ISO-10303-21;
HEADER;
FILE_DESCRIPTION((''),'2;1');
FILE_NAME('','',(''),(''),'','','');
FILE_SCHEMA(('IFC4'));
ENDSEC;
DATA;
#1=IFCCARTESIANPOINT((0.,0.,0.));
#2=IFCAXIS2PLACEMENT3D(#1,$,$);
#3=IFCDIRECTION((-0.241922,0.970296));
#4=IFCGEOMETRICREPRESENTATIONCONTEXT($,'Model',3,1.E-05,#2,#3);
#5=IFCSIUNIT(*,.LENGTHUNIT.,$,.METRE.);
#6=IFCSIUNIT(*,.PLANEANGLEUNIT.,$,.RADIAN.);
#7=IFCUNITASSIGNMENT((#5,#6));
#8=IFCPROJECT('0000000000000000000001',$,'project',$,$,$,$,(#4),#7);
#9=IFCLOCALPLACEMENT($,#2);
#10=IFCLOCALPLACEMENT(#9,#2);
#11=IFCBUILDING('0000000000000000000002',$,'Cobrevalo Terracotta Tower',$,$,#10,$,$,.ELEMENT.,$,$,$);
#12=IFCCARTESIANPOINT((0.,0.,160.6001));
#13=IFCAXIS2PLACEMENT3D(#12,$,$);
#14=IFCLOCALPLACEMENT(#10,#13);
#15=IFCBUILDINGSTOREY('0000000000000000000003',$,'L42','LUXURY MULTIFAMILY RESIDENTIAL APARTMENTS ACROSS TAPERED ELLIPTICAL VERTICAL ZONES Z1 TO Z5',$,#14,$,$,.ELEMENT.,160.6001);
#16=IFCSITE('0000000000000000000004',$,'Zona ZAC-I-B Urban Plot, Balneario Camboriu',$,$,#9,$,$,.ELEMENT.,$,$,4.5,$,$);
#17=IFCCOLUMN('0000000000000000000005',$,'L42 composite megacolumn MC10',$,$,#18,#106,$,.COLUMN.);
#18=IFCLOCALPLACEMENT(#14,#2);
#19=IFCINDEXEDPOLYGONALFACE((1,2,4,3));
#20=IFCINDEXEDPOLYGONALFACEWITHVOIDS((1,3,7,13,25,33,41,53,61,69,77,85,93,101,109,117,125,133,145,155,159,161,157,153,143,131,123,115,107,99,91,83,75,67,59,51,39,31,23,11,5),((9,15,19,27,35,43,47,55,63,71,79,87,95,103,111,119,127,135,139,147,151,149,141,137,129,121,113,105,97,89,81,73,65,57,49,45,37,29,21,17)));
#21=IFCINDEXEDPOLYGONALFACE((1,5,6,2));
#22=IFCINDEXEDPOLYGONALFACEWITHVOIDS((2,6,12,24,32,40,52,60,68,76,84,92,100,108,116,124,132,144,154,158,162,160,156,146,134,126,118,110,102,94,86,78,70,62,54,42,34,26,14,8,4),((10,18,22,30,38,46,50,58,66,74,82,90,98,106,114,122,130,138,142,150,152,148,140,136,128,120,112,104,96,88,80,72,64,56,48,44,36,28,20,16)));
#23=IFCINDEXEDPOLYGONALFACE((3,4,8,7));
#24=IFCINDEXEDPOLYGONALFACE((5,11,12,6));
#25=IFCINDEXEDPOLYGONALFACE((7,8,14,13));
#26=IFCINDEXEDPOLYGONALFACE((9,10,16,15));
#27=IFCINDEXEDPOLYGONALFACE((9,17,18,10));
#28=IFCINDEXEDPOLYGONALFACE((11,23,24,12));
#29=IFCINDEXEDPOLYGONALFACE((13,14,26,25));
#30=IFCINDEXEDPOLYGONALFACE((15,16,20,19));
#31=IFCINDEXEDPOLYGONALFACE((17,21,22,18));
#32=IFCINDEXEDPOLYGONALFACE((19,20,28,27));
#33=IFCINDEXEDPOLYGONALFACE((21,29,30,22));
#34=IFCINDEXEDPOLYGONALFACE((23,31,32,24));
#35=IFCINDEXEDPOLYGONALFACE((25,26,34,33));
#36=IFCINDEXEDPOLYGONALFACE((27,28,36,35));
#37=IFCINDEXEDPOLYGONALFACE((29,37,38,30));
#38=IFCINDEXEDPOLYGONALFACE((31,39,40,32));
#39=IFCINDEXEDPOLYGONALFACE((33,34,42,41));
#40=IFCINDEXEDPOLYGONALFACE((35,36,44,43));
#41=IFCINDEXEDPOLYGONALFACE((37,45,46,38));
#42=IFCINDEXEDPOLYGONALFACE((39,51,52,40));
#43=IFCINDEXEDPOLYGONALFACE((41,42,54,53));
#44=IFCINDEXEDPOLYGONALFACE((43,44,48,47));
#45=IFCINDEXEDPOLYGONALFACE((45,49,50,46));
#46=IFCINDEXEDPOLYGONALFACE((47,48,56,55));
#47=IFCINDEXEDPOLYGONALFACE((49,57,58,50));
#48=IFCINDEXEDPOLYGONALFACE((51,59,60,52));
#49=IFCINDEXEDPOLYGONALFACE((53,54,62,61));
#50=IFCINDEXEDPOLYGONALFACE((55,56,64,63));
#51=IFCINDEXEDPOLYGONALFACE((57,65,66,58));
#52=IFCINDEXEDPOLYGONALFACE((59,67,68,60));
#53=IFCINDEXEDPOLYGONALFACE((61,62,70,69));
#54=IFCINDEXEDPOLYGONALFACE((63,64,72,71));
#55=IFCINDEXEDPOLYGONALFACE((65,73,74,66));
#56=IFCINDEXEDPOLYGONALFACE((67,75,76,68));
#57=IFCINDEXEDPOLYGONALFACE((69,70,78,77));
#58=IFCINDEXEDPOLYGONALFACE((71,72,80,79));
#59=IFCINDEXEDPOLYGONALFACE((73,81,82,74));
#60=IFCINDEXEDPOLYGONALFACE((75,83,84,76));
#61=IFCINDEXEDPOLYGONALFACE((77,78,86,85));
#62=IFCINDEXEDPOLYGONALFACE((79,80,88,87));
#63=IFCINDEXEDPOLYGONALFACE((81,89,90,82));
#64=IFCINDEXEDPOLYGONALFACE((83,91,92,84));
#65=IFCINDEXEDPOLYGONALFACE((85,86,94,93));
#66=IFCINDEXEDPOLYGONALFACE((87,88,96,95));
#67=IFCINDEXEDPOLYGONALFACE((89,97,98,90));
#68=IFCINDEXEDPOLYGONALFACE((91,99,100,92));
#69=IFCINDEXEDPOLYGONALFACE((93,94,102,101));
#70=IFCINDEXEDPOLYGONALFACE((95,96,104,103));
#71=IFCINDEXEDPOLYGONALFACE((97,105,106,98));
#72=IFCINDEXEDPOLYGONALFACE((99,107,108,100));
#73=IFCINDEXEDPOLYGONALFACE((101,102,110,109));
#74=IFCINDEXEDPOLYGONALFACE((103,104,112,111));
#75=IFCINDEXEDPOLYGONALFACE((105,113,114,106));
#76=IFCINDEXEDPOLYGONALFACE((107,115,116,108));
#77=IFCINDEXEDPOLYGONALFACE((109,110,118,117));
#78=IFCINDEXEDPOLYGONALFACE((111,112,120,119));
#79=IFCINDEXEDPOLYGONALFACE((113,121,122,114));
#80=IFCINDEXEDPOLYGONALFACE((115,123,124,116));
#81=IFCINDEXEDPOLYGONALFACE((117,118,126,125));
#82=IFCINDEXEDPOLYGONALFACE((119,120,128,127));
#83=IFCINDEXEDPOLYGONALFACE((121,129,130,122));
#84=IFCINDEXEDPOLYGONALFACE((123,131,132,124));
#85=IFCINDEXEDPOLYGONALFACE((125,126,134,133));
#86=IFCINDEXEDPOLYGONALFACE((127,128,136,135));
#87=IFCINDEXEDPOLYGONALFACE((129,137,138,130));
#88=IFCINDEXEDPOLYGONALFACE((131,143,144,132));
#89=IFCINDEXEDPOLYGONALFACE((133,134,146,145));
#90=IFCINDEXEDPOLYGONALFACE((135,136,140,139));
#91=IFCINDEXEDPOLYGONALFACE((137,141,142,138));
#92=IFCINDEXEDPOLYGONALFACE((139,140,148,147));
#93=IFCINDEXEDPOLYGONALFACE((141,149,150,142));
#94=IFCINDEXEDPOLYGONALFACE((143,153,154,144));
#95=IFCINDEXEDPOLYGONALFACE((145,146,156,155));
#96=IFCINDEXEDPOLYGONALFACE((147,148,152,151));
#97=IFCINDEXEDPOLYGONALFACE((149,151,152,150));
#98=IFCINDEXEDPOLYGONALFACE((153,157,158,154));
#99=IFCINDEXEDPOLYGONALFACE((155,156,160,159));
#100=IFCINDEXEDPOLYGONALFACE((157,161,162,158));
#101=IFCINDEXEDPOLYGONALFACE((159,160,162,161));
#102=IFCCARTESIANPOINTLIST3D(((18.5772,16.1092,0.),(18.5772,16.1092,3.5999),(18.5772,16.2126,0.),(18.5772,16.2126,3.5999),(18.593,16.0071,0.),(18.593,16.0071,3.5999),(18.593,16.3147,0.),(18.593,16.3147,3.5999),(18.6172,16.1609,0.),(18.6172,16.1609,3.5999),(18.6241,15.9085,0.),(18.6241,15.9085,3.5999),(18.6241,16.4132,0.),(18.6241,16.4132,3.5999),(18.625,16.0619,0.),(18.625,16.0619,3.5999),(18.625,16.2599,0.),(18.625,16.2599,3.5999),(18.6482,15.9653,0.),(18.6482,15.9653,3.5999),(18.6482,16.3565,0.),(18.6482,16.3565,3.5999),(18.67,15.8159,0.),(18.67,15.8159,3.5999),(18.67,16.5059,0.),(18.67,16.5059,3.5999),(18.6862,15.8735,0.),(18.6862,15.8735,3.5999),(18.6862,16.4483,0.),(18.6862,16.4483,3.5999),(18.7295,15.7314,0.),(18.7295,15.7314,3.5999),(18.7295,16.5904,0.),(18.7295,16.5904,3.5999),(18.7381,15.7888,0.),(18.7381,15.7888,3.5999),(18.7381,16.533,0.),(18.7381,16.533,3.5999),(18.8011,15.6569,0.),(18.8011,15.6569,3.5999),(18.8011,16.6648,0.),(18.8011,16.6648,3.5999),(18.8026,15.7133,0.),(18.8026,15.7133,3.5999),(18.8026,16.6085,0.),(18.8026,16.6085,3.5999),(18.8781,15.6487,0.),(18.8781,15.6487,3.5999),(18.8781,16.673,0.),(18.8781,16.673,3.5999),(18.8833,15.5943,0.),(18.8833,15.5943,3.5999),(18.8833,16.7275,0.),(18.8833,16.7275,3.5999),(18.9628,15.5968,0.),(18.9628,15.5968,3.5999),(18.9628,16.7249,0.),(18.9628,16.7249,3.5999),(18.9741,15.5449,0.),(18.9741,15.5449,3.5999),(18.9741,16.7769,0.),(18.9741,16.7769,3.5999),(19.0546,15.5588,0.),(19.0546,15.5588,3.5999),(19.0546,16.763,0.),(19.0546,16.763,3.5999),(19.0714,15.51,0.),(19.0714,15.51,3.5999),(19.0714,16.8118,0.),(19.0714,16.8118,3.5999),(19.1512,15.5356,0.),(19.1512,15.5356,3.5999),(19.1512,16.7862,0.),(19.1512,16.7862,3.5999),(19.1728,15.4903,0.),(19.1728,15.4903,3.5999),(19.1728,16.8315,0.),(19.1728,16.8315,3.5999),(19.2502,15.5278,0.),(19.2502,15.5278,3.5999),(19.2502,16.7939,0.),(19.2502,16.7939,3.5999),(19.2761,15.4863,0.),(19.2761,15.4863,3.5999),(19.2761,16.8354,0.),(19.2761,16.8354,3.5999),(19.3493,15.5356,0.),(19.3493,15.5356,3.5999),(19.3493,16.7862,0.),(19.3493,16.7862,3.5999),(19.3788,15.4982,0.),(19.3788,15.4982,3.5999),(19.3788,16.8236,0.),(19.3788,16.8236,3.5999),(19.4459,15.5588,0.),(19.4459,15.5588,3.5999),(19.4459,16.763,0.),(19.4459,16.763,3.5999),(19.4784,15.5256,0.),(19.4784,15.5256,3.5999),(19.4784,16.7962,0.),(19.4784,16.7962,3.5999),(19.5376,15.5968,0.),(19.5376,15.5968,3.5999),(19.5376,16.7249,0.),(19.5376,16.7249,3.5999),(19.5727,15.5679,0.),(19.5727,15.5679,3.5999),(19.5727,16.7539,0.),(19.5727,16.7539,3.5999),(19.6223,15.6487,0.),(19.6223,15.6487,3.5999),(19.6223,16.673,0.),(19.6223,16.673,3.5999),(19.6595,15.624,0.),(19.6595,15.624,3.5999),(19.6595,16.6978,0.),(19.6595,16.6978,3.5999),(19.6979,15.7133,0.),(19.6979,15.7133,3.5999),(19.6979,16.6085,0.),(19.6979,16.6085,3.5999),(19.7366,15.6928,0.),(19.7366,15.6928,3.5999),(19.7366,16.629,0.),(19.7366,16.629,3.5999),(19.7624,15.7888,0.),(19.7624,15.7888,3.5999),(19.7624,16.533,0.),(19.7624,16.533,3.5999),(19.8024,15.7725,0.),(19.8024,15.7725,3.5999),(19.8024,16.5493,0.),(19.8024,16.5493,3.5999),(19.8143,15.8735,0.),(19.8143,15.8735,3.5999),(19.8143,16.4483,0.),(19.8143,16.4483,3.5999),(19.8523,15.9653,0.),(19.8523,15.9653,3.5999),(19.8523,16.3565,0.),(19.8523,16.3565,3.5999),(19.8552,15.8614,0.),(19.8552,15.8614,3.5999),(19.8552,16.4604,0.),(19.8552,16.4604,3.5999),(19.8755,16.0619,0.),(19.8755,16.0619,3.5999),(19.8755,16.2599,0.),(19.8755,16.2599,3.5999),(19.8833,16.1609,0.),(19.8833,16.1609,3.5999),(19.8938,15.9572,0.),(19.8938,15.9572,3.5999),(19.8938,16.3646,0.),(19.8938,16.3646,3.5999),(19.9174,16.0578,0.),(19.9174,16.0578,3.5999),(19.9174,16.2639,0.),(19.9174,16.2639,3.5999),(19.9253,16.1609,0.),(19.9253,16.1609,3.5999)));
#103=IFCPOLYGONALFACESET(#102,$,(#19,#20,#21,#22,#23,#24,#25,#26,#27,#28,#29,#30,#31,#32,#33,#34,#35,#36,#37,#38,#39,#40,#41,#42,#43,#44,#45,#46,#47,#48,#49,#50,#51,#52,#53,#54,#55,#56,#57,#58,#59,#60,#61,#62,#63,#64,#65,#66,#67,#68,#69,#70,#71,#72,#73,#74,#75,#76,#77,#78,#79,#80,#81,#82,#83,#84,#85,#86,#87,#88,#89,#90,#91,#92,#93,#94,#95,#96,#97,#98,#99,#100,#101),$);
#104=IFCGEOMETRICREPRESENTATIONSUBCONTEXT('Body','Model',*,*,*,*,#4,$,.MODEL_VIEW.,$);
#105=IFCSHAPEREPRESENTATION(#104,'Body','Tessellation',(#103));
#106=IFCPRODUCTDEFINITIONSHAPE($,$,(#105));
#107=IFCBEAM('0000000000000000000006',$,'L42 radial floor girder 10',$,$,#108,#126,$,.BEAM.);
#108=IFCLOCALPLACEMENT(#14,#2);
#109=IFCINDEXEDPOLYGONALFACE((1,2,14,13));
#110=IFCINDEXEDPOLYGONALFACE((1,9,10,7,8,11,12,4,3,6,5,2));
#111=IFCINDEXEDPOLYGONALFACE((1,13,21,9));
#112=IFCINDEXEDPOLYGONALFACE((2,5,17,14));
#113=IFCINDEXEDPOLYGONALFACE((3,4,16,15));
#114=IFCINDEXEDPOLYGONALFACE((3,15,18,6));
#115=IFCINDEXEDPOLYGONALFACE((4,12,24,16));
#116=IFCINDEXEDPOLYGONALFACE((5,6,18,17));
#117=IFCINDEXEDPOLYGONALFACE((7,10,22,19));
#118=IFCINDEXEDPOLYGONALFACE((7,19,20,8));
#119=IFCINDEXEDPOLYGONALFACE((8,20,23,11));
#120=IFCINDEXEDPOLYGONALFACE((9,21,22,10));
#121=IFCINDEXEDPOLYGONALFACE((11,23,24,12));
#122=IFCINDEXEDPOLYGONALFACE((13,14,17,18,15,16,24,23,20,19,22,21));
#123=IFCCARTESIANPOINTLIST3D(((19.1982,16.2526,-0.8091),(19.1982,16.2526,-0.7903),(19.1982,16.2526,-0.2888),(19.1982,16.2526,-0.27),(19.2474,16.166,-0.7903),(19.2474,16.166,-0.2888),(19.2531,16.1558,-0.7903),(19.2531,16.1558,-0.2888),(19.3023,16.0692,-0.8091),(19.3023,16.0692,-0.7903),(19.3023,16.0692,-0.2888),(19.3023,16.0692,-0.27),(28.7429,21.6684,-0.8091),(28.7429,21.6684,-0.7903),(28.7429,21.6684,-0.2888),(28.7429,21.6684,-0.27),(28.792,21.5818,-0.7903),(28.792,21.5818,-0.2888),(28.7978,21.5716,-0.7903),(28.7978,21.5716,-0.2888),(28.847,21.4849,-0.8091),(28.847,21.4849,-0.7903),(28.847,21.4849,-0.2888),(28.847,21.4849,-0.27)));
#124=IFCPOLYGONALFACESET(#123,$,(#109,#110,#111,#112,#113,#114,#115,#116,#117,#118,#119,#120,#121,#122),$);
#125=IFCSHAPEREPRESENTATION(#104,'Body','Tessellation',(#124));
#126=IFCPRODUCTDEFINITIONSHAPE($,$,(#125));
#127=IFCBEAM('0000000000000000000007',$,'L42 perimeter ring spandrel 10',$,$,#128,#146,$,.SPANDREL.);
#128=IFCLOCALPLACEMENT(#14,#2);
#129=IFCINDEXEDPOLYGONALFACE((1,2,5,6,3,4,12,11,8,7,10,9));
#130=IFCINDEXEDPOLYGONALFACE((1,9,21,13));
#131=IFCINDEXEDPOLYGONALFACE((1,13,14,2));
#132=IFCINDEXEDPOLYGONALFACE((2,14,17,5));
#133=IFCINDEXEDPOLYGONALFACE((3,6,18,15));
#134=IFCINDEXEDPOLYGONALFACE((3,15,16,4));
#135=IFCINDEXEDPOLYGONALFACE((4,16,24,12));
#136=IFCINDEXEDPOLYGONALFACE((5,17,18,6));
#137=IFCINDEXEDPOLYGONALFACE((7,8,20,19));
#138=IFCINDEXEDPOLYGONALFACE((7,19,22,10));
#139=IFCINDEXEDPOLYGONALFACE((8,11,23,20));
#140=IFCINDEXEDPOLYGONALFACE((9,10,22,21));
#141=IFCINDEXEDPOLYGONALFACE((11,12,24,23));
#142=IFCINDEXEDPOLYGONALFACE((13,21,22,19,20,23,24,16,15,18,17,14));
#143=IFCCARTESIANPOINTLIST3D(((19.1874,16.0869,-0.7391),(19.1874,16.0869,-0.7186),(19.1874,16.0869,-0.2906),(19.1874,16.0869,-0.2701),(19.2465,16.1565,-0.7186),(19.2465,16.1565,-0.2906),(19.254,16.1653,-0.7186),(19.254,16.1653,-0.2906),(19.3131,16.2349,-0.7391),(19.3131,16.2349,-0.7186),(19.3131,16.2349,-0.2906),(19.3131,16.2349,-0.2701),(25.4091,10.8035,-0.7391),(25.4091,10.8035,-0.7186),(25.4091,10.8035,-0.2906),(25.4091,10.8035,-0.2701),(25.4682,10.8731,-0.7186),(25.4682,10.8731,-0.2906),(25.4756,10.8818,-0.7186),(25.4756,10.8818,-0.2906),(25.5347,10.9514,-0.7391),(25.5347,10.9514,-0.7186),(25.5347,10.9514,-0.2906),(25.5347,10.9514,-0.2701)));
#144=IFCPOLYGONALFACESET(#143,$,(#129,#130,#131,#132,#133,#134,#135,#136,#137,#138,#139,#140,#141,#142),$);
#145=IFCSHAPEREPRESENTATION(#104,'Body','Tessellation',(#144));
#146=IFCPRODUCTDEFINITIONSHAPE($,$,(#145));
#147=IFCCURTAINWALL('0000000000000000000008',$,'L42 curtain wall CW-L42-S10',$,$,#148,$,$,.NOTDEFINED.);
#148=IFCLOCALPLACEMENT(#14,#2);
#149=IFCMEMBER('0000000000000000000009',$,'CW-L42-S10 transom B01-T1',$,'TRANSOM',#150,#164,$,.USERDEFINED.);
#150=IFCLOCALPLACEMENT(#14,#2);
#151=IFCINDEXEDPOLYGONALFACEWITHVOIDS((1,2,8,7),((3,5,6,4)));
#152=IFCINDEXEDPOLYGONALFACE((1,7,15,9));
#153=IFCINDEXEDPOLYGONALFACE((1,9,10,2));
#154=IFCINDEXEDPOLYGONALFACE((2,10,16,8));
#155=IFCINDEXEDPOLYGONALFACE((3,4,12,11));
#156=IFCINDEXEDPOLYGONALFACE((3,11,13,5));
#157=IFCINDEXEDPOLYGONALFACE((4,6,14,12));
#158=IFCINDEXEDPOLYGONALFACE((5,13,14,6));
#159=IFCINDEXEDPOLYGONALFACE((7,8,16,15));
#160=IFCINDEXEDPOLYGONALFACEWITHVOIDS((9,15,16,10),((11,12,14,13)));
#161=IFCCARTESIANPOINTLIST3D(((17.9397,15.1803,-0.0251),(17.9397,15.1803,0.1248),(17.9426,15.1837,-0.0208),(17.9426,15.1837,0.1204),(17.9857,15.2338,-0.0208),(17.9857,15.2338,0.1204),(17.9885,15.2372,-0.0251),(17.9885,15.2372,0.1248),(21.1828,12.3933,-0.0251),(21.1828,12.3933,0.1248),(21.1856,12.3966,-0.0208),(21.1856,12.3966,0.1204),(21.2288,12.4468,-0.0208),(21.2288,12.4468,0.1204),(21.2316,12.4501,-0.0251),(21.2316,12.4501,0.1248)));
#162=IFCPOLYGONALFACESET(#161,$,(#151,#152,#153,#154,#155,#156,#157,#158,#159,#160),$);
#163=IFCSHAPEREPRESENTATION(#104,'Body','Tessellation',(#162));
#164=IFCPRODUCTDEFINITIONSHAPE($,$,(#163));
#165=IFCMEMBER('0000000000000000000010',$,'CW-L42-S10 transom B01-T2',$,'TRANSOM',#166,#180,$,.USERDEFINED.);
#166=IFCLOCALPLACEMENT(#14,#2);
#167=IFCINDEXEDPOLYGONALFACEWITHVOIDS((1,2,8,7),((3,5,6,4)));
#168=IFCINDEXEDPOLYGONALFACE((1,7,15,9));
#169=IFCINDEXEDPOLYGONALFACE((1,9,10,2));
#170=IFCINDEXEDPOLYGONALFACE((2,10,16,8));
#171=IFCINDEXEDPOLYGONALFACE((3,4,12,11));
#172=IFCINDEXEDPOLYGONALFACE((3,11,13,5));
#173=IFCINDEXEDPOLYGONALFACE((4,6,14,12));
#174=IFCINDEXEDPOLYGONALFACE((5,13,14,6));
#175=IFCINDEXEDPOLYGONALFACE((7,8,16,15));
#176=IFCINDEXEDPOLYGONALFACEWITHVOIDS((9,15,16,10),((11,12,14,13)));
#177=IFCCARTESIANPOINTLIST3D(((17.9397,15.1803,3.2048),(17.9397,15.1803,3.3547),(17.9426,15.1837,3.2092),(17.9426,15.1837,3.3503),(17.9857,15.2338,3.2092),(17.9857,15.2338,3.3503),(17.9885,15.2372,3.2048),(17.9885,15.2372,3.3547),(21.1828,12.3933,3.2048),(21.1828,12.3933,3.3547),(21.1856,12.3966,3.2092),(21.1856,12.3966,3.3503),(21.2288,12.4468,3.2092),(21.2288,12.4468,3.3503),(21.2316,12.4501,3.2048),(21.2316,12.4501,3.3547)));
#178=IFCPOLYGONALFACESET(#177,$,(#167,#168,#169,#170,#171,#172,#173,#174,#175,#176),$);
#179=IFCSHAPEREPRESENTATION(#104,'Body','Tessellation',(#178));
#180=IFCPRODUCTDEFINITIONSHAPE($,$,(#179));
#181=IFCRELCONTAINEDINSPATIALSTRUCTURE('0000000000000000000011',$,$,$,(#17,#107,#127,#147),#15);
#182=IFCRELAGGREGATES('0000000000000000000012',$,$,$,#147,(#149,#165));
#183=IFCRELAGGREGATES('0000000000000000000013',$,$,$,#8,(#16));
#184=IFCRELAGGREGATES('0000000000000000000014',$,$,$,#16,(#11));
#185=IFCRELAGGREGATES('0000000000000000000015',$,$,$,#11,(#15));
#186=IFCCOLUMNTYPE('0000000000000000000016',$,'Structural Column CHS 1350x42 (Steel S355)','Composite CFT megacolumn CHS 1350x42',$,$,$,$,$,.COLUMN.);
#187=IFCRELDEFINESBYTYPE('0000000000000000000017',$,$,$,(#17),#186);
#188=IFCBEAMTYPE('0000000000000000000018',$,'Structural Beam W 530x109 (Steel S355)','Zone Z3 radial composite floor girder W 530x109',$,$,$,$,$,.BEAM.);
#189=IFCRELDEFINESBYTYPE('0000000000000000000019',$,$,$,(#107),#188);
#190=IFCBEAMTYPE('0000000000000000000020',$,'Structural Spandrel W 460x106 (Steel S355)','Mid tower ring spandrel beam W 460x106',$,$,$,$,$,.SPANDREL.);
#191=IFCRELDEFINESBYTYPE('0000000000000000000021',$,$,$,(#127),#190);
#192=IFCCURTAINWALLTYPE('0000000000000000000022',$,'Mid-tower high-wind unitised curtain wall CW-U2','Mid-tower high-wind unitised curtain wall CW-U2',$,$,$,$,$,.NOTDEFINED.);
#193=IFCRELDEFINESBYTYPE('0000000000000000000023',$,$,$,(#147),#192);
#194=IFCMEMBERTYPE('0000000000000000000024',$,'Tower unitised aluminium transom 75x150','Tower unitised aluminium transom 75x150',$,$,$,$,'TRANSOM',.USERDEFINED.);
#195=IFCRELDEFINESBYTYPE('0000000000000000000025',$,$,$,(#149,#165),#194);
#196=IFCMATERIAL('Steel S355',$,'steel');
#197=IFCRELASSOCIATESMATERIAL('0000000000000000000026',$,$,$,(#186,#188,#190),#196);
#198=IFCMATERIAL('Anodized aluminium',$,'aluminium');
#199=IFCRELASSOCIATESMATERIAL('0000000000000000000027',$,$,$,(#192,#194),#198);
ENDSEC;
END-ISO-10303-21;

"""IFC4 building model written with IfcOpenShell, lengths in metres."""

from ifc_helpers import new_model, si_unit, direction, frame, origin, origin_2d, place, context, subcontext, project, spatial, hollow_rectangle, hollow_circle, i_section, extrude, source, transform, mapped, material, material_profile, profile_set, type_object, element, aggregate, save


model = new_model("IFC4")

# Units and contexts
model_context = context("Model", 3, precision=1e-05, world=origin(), true_north=direction((-0.241922, 0.970296)))
body_context = subcontext(model_context, "Body", "Model", "MODEL_VIEW")
ifc_project = project(units=[si_unit("LENGTHUNIT", "METRE"), si_unit("PLANEANGLEUNIT", "RADIAN")], contexts=[model_context])

# Site, building, storey
site_placement = place(None, origin())
site = spatial("IfcSite", under=ifc_project, at=site_placement, Name="Zona ZAC-I-B Urban Plot, Balneario Camboriu", CompositionType="ELEMENT", RefElevation=4.5)
building_placement = place(site_placement, origin())
building = spatial("IfcBuilding", under=site, at=building_placement, Name="Cobrevalo Terracotta Tower", CompositionType="ELEMENT")
storey_placement = place(building_placement, frame((0.0, 0.0, 160.6001)))
storey = spatial("IfcBuildingStorey", under=building, at=storey_placement, Name="L42", Description="LUXURY MULTIFAMILY RESIDENTIAL APARTMENTS ACROSS TAPERED ELLIPTICAL VERTICAL ZONES Z1 TO Z5", CompositionType="ELEMENT", Elevation=160.6001)

# Column
ifc_material_1 = material(Name="Steel S355", Category="steel")
ifc_material_profile_1 = material_profile(ifc_material_1, hollow_circle(Radius=0.675, WallThickness=0.042, at=origin_2d()), Name="CHS 1350x42")
ifc_profile_set_1 = profile_set([ifc_material_profile_1], Name="Steel S355")
column_type = type_object("IfcColumnType", Name="Structural Column CHS 1350x42 (Steel S355)", Description="Composite CFT megacolumn CHS 1350x42", PredefinedType="COLUMN", material=ifc_profile_set_1)
column_placement = place(storey_placement, frame((19.2502, 16.1609, 0.0), z_axis=(0.0, 0.0, 1.0), x_axis=(1.0, 0.0, 0.0)))
element("IfcColumn", 1, at=column_placement, inside=storey, type_object=column_type, Name="L42 composite megacolumn MC10", PredefinedType="COLUMN", context=body_context, shape_type="SweptSolid", body=[
    extrude(hollow_circle(Radius=0.675, WallThickness=0.042, at=origin_2d()), origin(), (0.0, 0.0, 1.0), 3.5999),
])

# Beams
ifc_material_profile_2 = material_profile(ifc_material_1, i_section(OverallWidth=0.2109, OverallDepth=0.5391, WebThickness=0.0117, FlangeThickness=0.0188, at=origin_2d()), Name="W 530x109")
ifc_profile_set_2 = profile_set([ifc_material_profile_2], Name="Steel S355")
beam_type_1 = type_object("IfcBeamType", Name="Structural Beam W 530x109 (Steel S355)", Description="Zone Z3 radial composite floor girder W 530x109", PredefinedType="BEAM", material=ifc_profile_set_2)
beam_1_placement = place(storey_placement, frame((19.2502, 16.1609, -0.5396), z_axis=(0.869744, 0.493504, 0.0), x_axis=(-0.493504, 0.869744, 0.0)))
element("IfcBeam", 2, at=beam_1_placement, inside=storey, type_object=beam_type_1, Name="L42 radial floor girder 10", PredefinedType="BEAM", context=body_context, shape_type="SweptSolid", body=[
    extrude(i_section(OverallWidth=0.2109, OverallDepth=0.5391, WebThickness=0.0117, FlangeThickness=0.0188, at=origin_2d()), origin(), (0.0, 0.0, 1.0), 10.9741),
])
ifc_material_profile_3 = material_profile(ifc_material_1, i_section(OverallWidth=0.1941, OverallDepth=0.469, WebThickness=0.0115, FlangeThickness=0.0205, at=origin_2d()), Name="W 460x106")
ifc_profile_set_3 = profile_set([ifc_material_profile_3], Name="Steel S355")
beam_type_2 = type_object("IfcBeamType", Name="Structural Spandrel W 460x106 (Steel S355)", Description="Mid tower ring spandrel beam W 460x106", PredefinedType="SPANDREL", material=ifc_profile_set_3)
beam_2_placement = place(storey_placement, frame((19.2502, 16.1609, -0.5046), z_axis=(0.76224, -0.647294, 0.0), x_axis=(0.647294, 0.76224, 0.0)))
element("IfcBeam", 3, at=beam_2_placement, inside=storey, type_object=beam_type_2, Name="L42 perimeter ring spandrel 10", PredefinedType="SPANDREL", context=body_context, shape_type="SweptSolid", body=[
    extrude(i_section(OverallWidth=0.1941, OverallDepth=0.469, WebThickness=0.0115, FlangeThickness=0.0205, at=origin_2d()), origin(), (0.0, 0.0, 1.0), 8.1624),
])

# Curtain wall, members
ifc_material_2 = material(Name="Anodized aluminium", Category="aluminium")
curtain_wall_type = type_object("IfcCurtainWallType", Name="Mid-tower high-wind unitised curtain wall CW-U2", Description="Mid-tower high-wind unitised curtain wall CW-U2", PredefinedType="NOTDEFINED", material=ifc_material_2)
curtain_wall_1_placement = place(storey_placement, origin())
curtain_wall_1 = element("IfcCurtainWall", 4, at=curtain_wall_1_placement, inside=storey, type_object=curtain_wall_type, Name="L42 curtain wall CW-L42-S10", PredefinedType="NOTDEFINED")
ifc_material_profile_4 = material_profile(ifc_material_2, hollow_rectangle(XDim=0.075, YDim=0.1499, WallThickness=0.0044, at=origin_2d()), Name="CWT 75x150")
ifc_profile_set_4 = profile_set([ifc_material_profile_4], Name="Anodized aluminium")
member_type_1 = type_object("IfcMemberType", Name="Tower unitised aluminium transom 75x150", Description="Tower unitised aluminium transom 75x150", ElementType="TRANSOM", PredefinedType="USERDEFINED", material=ifc_profile_set_4)
shared_shape_1 = source(origin(), body_context, "Body", "SweptSolid", [
    extrude(hollow_rectangle(XDim=0.075, YDim=0.1499, WallThickness=0.0044, at=origin_2d()), origin(), (0.0, 0.0, 1.0), 4.2761),
])
member_1_placement = place(storey_placement, frame((17.9641, 15.2087, 0.0498), z_axis=(0.758418, -0.651769, 0.0), x_axis=(0.651769, 0.758418, 0.0)))
member_1 = element("IfcMember", 5, at=member_1_placement, type_object=member_type_1, Name="CW-L42-S10 transom B01-T1", ObjectType="TRANSOM", PredefinedType="USERDEFINED", context=body_context, shape_type="MappedRepresentation", body=[
    mapped(shared_shape_1, transform((0.0, 0.0, 0.0), scale=1.0)),
])
member_2_placement = place(storey_placement, frame((17.9641, 15.2087, 3.2798), z_axis=(0.758418, -0.651769, 0.0), x_axis=(0.651769, 0.758418, 0.0)))
member_2 = element("IfcMember", 6, at=member_2_placement, type_object=member_type_1, Name="CW-L42-S10 transom B01-T2", ObjectType="TRANSOM", PredefinedType="USERDEFINED", context=body_context, shape_type="MappedRepresentation", body=[
    mapped(shared_shape_1, transform((0.0, 0.0, 0.0), scale=1.0)),
])

aggregate(curtain_wall_1, [member_1, member_2])

save(model, "model.ifc")
